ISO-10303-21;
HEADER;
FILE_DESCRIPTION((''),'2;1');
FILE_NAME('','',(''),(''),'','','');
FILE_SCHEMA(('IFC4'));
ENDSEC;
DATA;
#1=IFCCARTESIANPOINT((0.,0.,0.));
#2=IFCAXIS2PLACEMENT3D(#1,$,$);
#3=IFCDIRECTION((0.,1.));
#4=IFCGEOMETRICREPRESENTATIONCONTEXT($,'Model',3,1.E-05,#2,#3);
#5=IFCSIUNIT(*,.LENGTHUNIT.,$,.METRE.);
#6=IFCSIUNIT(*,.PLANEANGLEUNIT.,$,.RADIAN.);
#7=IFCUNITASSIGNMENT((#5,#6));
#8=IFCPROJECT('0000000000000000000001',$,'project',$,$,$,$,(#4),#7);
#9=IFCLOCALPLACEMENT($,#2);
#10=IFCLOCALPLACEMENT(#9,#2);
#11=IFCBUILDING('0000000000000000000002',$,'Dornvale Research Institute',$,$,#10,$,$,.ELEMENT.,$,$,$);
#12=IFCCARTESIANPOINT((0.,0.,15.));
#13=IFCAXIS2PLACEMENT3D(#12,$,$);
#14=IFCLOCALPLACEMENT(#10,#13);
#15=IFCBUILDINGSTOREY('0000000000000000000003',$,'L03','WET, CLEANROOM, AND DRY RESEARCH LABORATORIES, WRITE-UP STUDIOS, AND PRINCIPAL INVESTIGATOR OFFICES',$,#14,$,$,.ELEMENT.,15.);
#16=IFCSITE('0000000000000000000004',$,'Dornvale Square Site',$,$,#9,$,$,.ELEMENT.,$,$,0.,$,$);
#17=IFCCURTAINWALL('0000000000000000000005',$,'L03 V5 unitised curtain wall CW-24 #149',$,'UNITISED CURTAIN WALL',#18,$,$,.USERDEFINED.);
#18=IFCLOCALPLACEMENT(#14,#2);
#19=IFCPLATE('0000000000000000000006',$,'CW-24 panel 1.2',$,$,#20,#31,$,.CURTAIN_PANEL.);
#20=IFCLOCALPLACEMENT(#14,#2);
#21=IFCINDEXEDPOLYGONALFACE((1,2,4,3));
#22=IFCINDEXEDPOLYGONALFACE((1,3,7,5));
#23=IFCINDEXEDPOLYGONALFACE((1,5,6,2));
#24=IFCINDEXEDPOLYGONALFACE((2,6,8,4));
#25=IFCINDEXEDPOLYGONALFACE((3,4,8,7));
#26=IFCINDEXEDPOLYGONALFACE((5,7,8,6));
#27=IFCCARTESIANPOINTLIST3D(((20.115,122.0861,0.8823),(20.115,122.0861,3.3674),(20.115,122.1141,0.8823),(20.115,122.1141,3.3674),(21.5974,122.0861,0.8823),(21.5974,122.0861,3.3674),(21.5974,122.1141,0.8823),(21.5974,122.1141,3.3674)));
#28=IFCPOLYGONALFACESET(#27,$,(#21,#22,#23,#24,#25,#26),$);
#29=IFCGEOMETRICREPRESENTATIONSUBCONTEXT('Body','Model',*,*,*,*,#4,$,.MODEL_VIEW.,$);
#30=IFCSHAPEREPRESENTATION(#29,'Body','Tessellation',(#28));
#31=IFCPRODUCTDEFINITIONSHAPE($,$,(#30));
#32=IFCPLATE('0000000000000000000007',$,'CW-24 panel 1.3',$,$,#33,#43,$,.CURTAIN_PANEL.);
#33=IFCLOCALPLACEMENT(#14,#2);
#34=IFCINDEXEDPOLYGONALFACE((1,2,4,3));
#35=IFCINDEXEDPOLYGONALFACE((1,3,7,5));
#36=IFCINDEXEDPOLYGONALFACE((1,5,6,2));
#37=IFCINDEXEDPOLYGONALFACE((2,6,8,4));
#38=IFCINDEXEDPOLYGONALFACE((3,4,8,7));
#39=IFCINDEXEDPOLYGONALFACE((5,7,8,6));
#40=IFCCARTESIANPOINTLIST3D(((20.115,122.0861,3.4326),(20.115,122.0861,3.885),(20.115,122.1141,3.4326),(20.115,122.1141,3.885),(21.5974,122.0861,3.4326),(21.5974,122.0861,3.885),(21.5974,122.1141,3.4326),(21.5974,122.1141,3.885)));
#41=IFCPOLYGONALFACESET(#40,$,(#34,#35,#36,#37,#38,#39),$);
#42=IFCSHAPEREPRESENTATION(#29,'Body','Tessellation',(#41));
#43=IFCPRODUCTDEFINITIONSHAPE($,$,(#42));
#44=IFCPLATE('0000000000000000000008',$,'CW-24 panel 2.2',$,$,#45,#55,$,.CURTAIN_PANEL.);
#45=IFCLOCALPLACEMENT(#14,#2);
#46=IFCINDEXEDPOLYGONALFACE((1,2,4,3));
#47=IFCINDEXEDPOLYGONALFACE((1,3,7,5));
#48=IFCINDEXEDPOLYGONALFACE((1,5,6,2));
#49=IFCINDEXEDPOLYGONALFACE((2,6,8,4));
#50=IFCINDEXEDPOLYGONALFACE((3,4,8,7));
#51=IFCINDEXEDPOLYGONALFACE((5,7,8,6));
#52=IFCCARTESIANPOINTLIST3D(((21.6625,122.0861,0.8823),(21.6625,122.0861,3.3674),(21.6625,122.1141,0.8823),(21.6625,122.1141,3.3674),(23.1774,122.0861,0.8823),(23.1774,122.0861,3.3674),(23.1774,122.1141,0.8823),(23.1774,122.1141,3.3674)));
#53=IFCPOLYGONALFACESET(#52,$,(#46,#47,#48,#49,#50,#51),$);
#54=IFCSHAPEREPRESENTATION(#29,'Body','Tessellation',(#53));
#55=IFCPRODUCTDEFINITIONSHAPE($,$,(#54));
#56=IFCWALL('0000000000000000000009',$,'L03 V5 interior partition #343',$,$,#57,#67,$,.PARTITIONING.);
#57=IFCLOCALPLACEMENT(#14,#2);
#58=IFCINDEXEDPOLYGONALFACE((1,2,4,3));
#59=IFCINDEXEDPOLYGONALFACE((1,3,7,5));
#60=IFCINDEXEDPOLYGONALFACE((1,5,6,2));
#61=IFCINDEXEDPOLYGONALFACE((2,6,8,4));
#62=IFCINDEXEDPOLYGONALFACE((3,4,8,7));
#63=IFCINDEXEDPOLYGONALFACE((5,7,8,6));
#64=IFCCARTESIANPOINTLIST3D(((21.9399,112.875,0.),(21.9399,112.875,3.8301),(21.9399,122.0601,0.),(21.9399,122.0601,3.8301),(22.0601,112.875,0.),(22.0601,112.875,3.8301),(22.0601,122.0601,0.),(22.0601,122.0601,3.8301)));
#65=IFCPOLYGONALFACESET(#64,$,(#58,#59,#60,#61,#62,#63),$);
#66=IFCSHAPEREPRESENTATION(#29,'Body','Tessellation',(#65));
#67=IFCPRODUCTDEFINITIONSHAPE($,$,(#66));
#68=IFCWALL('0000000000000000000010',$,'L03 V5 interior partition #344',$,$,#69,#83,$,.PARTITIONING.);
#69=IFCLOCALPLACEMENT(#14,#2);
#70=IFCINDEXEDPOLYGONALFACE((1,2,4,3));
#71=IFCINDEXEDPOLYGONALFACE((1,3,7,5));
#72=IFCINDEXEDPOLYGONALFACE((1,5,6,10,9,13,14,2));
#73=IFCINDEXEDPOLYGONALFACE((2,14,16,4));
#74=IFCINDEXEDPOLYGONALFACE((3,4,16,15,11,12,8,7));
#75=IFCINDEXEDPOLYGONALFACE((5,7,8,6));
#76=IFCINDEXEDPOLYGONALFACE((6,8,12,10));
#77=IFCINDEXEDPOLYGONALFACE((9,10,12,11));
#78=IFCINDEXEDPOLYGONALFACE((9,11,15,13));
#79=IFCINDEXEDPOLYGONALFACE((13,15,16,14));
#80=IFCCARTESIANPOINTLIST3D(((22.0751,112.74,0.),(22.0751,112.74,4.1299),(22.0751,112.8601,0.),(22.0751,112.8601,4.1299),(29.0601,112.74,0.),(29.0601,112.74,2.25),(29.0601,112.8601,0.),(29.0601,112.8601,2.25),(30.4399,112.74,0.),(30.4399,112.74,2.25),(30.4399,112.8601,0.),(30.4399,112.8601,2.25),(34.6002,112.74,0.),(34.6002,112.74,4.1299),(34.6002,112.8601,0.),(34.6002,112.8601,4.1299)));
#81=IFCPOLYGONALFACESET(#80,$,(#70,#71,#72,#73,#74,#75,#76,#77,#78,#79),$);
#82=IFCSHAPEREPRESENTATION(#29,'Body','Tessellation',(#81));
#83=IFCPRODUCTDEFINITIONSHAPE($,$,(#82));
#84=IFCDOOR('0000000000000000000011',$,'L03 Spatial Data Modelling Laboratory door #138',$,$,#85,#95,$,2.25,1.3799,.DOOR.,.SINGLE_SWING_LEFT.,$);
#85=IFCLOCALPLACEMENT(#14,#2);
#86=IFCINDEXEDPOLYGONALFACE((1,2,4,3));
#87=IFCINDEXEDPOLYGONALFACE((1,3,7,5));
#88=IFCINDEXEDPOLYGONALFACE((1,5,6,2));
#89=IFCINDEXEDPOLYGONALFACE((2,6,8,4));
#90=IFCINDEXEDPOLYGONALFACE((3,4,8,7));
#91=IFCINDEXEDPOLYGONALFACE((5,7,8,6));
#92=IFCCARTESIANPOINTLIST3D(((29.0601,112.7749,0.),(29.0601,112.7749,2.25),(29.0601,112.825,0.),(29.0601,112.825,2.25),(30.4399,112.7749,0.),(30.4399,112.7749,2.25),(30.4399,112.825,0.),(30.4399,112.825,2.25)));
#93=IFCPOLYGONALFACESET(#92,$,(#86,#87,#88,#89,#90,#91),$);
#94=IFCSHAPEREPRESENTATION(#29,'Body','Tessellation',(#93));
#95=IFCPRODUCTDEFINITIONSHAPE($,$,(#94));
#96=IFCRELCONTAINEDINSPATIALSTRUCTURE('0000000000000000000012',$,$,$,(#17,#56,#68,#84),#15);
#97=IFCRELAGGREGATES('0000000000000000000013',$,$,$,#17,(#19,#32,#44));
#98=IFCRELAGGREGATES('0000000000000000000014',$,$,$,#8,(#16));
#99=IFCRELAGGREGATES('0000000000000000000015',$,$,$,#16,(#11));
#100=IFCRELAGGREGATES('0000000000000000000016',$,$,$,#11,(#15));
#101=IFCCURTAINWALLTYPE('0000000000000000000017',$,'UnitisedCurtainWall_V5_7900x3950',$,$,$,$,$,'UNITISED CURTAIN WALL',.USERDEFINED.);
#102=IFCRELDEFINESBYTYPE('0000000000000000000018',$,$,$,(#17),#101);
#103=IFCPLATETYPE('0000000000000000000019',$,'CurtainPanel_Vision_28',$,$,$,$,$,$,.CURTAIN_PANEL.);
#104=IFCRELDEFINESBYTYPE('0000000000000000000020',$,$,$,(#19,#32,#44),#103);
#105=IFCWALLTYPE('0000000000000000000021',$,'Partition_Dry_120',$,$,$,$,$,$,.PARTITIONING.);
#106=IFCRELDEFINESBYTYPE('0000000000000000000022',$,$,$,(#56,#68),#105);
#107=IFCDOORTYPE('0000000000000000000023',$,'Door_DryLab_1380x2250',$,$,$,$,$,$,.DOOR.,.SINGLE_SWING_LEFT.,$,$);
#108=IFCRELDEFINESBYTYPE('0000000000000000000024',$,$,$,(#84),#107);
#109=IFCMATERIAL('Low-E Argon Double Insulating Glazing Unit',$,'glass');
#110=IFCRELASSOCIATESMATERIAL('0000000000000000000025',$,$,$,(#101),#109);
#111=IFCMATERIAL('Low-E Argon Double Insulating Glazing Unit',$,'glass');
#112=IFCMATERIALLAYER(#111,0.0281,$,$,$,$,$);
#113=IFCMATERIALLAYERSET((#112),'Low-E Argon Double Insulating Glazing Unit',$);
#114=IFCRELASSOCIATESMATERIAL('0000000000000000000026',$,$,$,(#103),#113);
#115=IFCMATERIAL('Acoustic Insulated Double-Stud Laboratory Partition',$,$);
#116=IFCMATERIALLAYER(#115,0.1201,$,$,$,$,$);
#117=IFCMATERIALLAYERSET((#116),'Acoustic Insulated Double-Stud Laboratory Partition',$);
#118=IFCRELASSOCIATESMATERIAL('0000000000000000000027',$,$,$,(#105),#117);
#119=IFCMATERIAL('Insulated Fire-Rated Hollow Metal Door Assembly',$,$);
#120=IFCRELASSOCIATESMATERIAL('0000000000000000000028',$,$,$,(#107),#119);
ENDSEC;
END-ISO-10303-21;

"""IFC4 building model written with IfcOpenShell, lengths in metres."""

from ifc_helpers import new_model, si_unit, direction, frame, frame_2d, origin, origin_2d, place, context, subcontext, project, spatial, rectangle, extrude, material, layer, layer_set, type_object, element, fill, aggregate, save


model = new_model("IFC4")

# Units and contexts
model_context = context("Model", 3, precision=1e-05, world=origin(), true_north=direction((0.0, 1.0)))
body_context = subcontext(model_context, "Body", "Model", "MODEL_VIEW")
ifc_project = project(units=[si_unit("LENGTHUNIT", "METRE"), si_unit("PLANEANGLEUNIT", "RADIAN")], contexts=[model_context])

# Site, building, storey
site_placement = place(None, origin())
site = spatial("IfcSite", under=ifc_project, at=site_placement, Name="Dornvale Square Site", CompositionType="ELEMENT", RefElevation=0.0)
building_placement = place(site_placement, origin())
building = spatial("IfcBuilding", under=site, at=building_placement, Name="Dornvale Research Institute", CompositionType="ELEMENT")
storey_placement = place(building_placement, frame((0.0, 0.0, 15.0)))
storey = spatial("IfcBuildingStorey", under=building, at=storey_placement, Name="L03", Description="WET, CLEANROOM, AND DRY RESEARCH LABORATORIES, WRITE-UP STUDIOS, AND PRINCIPAL INVESTIGATOR OFFICES", CompositionType="ELEMENT", Elevation=15.0)

# Curtain wall
ifc_material_1 = material(Name="Low-E Argon Double Insulating Glazing Unit", Category="glass")
curtain_wall_type = type_object("IfcCurtainWallType", Name="UnitisedCurtainWall_V5_7900x3950", ElementType="UNITISED CURTAIN WALL", PredefinedType="USERDEFINED", material=ifc_material_1)
curtain_wall_placement = place(storey_placement, origin())
curtain_wall = element("IfcCurtainWall", 1, at=curtain_wall_placement, inside=storey, type_object=curtain_wall_type, Name="L03 V5 unitised curtain wall CW-24 #149", ObjectType="UNITISED CURTAIN WALL", PredefinedType="USERDEFINED")

# Plates
ifc_material_2 = material(Name="Low-E Argon Double Insulating Glazing Unit", Category="glass")
ifc_layer_1 = layer(ifc_material_2, 0.0281)
ifc_layer_set_1 = layer_set([ifc_layer_1], Name="Low-E Argon Double Insulating Glazing Unit")
plate_type_1 = type_object("IfcPlateType", Name="CurtainPanel_Vision_28", PredefinedType="CURTAIN_PANEL", material=ifc_layer_set_1)
plate_1_placement = place(storey_placement, frame((20.8562, 122.1001, 0.8823), z_axis=(0.0, 0.0, 1.0), x_axis=(1.0, 0.0, 0.0)))
plate_1 = element("IfcPlate", 2, at=plate_1_placement, type_object=plate_type_1, Name="CW-24 panel 1.2", PredefinedType="CURTAIN_PANEL", context=body_context, shape_type="SweptSolid", body=[
    extrude(rectangle(XDim=1.4824, YDim=0.0281, at=origin_2d()), origin(), (0.0, 0.0, 1.0), 2.4851),
])
plate_2_placement = place(storey_placement, frame((20.8562, 122.1001, 3.4326), z_axis=(0.0, 0.0, 1.0), x_axis=(1.0, 0.0, 0.0)))
plate_2 = element("IfcPlate", 3, at=plate_2_placement, type_object=plate_type_1, Name="CW-24 panel 1.3", PredefinedType="CURTAIN_PANEL", context=body_context, shape_type="SweptSolid", body=[
    extrude(rectangle(XDim=1.4824, YDim=0.0281, at=origin_2d()), origin(), (0.0, 0.0, 1.0), 0.4524),
])
plate_3_placement = place(storey_placement, frame((22.4199, 122.1001, 0.8823), z_axis=(0.0, 0.0, 1.0), x_axis=(1.0, 0.0, 0.0)))
plate_3 = element("IfcPlate", 4, at=plate_3_placement, type_object=plate_type_1, Name="CW-24 panel 2.2", PredefinedType="CURTAIN_PANEL", context=body_context, shape_type="SweptSolid", body=[
    extrude(rectangle(XDim=1.5149, YDim=0.0281, at=origin_2d()), origin(), (0.0, 0.0, 1.0), 2.4851),
])
aggregate(curtain_wall, [plate_1, plate_2, plate_3])

# Wall
ifc_material_3 = material(Name="Acoustic Insulated Double-Stud Laboratory Partition")
ifc_layer_2 = layer(ifc_material_3, 0.1201)
ifc_layer_set_2 = layer_set([ifc_layer_2], Name="Acoustic Insulated Double-Stud Laboratory Partition")
wall_type_1 = type_object("IfcWallType", Name="Partition_Dry_120", PredefinedType="PARTITIONING", material=ifc_layer_set_2)
wall_1_placement = place(storey_placement, frame((22.0, 112.875, 0.0), z_axis=(0.0, 0.0, 1.0), x_axis=(0.0, 1.0, 0.0)))
element("IfcWall", 5, at=wall_1_placement, inside=storey, type_object=wall_type_1, Name="L03 V5 interior partition #343", PredefinedType="PARTITIONING", context=body_context, shape_type="SweptSolid", body=[
    extrude(rectangle(XDim=9.1851, YDim=0.1201, at=frame_2d((4.5925, 0.0))), origin(), (0.0, 0.0, 1.0), 3.8301),
])

# Wall, opening, door
wall_2_placement = place(storey_placement, frame((22.075, 112.8, 0.0), z_axis=(0.0, 0.0, 1.0), x_axis=(1.0, 0.0, 0.0)))
wall_2 = element("IfcWall", 6, at=wall_2_placement, inside=storey, type_object=wall_type_1, Name="L03 V5 interior partition #344", PredefinedType="PARTITIONING", context=body_context, shape_type="SweptSolid", body=[
    extrude(rectangle(XDim=12.5251, YDim=0.1201, at=frame_2d((6.2627, 0.0))), origin(), (0.0, 0.0, 1.0), 4.1299),
])
opening_1_placement = place(wall_2_placement, frame((6.9851, 0.0, 0.0)))
opening_1 = element("IfcOpeningElement", 7, at=opening_1_placement, cuts=wall_2, PredefinedType="OPENING", context=body_context, shape_type="SweptSolid", body=[
    extrude(rectangle(XDim=1.3799, YDim=2.25, at=frame_2d((0.6899, 1.125))), frame((0.0, 0.075, 0.0), z_axis=(0.0, -1.0, 0.0), x_axis=(1.0, 0.0, 0.0)), (0.0, 0.0, 1.0), 0.1501),
])
ifc_material_4 = material(Name="Insulated Fire-Rated Hollow Metal Door Assembly")
door_type_1 = type_object("IfcDoorType", Name="Door_DryLab_1380x2250", OperationType="SINGLE_SWING_LEFT", PredefinedType="DOOR", material=ifc_material_4)
door_1_placement = place(opening_1_placement, origin())
door_1 = element("IfcDoor", 8, at=door_1_placement, inside=storey, type_object=door_type_1, Name="L03 Spatial Data Modelling Laboratory door #138", OperationType="SINGLE_SWING_LEFT", OverallHeight=2.25, OverallWidth=1.3799, PredefinedType="DOOR", context=body_context, shape_type="SweptSolid", body=[
    extrude(rectangle(XDim=1.3799, YDim=2.25, at=frame_2d((0.6899, 1.125))), frame((0.0, 0.0249, 0.0), z_axis=(0.0, -1.0, 0.0), x_axis=(1.0, 0.0, 0.0)), (0.0, 0.0, 1.0), 0.05),
])
fill(opening_1, door_1)

save(model, "model.ifc")
